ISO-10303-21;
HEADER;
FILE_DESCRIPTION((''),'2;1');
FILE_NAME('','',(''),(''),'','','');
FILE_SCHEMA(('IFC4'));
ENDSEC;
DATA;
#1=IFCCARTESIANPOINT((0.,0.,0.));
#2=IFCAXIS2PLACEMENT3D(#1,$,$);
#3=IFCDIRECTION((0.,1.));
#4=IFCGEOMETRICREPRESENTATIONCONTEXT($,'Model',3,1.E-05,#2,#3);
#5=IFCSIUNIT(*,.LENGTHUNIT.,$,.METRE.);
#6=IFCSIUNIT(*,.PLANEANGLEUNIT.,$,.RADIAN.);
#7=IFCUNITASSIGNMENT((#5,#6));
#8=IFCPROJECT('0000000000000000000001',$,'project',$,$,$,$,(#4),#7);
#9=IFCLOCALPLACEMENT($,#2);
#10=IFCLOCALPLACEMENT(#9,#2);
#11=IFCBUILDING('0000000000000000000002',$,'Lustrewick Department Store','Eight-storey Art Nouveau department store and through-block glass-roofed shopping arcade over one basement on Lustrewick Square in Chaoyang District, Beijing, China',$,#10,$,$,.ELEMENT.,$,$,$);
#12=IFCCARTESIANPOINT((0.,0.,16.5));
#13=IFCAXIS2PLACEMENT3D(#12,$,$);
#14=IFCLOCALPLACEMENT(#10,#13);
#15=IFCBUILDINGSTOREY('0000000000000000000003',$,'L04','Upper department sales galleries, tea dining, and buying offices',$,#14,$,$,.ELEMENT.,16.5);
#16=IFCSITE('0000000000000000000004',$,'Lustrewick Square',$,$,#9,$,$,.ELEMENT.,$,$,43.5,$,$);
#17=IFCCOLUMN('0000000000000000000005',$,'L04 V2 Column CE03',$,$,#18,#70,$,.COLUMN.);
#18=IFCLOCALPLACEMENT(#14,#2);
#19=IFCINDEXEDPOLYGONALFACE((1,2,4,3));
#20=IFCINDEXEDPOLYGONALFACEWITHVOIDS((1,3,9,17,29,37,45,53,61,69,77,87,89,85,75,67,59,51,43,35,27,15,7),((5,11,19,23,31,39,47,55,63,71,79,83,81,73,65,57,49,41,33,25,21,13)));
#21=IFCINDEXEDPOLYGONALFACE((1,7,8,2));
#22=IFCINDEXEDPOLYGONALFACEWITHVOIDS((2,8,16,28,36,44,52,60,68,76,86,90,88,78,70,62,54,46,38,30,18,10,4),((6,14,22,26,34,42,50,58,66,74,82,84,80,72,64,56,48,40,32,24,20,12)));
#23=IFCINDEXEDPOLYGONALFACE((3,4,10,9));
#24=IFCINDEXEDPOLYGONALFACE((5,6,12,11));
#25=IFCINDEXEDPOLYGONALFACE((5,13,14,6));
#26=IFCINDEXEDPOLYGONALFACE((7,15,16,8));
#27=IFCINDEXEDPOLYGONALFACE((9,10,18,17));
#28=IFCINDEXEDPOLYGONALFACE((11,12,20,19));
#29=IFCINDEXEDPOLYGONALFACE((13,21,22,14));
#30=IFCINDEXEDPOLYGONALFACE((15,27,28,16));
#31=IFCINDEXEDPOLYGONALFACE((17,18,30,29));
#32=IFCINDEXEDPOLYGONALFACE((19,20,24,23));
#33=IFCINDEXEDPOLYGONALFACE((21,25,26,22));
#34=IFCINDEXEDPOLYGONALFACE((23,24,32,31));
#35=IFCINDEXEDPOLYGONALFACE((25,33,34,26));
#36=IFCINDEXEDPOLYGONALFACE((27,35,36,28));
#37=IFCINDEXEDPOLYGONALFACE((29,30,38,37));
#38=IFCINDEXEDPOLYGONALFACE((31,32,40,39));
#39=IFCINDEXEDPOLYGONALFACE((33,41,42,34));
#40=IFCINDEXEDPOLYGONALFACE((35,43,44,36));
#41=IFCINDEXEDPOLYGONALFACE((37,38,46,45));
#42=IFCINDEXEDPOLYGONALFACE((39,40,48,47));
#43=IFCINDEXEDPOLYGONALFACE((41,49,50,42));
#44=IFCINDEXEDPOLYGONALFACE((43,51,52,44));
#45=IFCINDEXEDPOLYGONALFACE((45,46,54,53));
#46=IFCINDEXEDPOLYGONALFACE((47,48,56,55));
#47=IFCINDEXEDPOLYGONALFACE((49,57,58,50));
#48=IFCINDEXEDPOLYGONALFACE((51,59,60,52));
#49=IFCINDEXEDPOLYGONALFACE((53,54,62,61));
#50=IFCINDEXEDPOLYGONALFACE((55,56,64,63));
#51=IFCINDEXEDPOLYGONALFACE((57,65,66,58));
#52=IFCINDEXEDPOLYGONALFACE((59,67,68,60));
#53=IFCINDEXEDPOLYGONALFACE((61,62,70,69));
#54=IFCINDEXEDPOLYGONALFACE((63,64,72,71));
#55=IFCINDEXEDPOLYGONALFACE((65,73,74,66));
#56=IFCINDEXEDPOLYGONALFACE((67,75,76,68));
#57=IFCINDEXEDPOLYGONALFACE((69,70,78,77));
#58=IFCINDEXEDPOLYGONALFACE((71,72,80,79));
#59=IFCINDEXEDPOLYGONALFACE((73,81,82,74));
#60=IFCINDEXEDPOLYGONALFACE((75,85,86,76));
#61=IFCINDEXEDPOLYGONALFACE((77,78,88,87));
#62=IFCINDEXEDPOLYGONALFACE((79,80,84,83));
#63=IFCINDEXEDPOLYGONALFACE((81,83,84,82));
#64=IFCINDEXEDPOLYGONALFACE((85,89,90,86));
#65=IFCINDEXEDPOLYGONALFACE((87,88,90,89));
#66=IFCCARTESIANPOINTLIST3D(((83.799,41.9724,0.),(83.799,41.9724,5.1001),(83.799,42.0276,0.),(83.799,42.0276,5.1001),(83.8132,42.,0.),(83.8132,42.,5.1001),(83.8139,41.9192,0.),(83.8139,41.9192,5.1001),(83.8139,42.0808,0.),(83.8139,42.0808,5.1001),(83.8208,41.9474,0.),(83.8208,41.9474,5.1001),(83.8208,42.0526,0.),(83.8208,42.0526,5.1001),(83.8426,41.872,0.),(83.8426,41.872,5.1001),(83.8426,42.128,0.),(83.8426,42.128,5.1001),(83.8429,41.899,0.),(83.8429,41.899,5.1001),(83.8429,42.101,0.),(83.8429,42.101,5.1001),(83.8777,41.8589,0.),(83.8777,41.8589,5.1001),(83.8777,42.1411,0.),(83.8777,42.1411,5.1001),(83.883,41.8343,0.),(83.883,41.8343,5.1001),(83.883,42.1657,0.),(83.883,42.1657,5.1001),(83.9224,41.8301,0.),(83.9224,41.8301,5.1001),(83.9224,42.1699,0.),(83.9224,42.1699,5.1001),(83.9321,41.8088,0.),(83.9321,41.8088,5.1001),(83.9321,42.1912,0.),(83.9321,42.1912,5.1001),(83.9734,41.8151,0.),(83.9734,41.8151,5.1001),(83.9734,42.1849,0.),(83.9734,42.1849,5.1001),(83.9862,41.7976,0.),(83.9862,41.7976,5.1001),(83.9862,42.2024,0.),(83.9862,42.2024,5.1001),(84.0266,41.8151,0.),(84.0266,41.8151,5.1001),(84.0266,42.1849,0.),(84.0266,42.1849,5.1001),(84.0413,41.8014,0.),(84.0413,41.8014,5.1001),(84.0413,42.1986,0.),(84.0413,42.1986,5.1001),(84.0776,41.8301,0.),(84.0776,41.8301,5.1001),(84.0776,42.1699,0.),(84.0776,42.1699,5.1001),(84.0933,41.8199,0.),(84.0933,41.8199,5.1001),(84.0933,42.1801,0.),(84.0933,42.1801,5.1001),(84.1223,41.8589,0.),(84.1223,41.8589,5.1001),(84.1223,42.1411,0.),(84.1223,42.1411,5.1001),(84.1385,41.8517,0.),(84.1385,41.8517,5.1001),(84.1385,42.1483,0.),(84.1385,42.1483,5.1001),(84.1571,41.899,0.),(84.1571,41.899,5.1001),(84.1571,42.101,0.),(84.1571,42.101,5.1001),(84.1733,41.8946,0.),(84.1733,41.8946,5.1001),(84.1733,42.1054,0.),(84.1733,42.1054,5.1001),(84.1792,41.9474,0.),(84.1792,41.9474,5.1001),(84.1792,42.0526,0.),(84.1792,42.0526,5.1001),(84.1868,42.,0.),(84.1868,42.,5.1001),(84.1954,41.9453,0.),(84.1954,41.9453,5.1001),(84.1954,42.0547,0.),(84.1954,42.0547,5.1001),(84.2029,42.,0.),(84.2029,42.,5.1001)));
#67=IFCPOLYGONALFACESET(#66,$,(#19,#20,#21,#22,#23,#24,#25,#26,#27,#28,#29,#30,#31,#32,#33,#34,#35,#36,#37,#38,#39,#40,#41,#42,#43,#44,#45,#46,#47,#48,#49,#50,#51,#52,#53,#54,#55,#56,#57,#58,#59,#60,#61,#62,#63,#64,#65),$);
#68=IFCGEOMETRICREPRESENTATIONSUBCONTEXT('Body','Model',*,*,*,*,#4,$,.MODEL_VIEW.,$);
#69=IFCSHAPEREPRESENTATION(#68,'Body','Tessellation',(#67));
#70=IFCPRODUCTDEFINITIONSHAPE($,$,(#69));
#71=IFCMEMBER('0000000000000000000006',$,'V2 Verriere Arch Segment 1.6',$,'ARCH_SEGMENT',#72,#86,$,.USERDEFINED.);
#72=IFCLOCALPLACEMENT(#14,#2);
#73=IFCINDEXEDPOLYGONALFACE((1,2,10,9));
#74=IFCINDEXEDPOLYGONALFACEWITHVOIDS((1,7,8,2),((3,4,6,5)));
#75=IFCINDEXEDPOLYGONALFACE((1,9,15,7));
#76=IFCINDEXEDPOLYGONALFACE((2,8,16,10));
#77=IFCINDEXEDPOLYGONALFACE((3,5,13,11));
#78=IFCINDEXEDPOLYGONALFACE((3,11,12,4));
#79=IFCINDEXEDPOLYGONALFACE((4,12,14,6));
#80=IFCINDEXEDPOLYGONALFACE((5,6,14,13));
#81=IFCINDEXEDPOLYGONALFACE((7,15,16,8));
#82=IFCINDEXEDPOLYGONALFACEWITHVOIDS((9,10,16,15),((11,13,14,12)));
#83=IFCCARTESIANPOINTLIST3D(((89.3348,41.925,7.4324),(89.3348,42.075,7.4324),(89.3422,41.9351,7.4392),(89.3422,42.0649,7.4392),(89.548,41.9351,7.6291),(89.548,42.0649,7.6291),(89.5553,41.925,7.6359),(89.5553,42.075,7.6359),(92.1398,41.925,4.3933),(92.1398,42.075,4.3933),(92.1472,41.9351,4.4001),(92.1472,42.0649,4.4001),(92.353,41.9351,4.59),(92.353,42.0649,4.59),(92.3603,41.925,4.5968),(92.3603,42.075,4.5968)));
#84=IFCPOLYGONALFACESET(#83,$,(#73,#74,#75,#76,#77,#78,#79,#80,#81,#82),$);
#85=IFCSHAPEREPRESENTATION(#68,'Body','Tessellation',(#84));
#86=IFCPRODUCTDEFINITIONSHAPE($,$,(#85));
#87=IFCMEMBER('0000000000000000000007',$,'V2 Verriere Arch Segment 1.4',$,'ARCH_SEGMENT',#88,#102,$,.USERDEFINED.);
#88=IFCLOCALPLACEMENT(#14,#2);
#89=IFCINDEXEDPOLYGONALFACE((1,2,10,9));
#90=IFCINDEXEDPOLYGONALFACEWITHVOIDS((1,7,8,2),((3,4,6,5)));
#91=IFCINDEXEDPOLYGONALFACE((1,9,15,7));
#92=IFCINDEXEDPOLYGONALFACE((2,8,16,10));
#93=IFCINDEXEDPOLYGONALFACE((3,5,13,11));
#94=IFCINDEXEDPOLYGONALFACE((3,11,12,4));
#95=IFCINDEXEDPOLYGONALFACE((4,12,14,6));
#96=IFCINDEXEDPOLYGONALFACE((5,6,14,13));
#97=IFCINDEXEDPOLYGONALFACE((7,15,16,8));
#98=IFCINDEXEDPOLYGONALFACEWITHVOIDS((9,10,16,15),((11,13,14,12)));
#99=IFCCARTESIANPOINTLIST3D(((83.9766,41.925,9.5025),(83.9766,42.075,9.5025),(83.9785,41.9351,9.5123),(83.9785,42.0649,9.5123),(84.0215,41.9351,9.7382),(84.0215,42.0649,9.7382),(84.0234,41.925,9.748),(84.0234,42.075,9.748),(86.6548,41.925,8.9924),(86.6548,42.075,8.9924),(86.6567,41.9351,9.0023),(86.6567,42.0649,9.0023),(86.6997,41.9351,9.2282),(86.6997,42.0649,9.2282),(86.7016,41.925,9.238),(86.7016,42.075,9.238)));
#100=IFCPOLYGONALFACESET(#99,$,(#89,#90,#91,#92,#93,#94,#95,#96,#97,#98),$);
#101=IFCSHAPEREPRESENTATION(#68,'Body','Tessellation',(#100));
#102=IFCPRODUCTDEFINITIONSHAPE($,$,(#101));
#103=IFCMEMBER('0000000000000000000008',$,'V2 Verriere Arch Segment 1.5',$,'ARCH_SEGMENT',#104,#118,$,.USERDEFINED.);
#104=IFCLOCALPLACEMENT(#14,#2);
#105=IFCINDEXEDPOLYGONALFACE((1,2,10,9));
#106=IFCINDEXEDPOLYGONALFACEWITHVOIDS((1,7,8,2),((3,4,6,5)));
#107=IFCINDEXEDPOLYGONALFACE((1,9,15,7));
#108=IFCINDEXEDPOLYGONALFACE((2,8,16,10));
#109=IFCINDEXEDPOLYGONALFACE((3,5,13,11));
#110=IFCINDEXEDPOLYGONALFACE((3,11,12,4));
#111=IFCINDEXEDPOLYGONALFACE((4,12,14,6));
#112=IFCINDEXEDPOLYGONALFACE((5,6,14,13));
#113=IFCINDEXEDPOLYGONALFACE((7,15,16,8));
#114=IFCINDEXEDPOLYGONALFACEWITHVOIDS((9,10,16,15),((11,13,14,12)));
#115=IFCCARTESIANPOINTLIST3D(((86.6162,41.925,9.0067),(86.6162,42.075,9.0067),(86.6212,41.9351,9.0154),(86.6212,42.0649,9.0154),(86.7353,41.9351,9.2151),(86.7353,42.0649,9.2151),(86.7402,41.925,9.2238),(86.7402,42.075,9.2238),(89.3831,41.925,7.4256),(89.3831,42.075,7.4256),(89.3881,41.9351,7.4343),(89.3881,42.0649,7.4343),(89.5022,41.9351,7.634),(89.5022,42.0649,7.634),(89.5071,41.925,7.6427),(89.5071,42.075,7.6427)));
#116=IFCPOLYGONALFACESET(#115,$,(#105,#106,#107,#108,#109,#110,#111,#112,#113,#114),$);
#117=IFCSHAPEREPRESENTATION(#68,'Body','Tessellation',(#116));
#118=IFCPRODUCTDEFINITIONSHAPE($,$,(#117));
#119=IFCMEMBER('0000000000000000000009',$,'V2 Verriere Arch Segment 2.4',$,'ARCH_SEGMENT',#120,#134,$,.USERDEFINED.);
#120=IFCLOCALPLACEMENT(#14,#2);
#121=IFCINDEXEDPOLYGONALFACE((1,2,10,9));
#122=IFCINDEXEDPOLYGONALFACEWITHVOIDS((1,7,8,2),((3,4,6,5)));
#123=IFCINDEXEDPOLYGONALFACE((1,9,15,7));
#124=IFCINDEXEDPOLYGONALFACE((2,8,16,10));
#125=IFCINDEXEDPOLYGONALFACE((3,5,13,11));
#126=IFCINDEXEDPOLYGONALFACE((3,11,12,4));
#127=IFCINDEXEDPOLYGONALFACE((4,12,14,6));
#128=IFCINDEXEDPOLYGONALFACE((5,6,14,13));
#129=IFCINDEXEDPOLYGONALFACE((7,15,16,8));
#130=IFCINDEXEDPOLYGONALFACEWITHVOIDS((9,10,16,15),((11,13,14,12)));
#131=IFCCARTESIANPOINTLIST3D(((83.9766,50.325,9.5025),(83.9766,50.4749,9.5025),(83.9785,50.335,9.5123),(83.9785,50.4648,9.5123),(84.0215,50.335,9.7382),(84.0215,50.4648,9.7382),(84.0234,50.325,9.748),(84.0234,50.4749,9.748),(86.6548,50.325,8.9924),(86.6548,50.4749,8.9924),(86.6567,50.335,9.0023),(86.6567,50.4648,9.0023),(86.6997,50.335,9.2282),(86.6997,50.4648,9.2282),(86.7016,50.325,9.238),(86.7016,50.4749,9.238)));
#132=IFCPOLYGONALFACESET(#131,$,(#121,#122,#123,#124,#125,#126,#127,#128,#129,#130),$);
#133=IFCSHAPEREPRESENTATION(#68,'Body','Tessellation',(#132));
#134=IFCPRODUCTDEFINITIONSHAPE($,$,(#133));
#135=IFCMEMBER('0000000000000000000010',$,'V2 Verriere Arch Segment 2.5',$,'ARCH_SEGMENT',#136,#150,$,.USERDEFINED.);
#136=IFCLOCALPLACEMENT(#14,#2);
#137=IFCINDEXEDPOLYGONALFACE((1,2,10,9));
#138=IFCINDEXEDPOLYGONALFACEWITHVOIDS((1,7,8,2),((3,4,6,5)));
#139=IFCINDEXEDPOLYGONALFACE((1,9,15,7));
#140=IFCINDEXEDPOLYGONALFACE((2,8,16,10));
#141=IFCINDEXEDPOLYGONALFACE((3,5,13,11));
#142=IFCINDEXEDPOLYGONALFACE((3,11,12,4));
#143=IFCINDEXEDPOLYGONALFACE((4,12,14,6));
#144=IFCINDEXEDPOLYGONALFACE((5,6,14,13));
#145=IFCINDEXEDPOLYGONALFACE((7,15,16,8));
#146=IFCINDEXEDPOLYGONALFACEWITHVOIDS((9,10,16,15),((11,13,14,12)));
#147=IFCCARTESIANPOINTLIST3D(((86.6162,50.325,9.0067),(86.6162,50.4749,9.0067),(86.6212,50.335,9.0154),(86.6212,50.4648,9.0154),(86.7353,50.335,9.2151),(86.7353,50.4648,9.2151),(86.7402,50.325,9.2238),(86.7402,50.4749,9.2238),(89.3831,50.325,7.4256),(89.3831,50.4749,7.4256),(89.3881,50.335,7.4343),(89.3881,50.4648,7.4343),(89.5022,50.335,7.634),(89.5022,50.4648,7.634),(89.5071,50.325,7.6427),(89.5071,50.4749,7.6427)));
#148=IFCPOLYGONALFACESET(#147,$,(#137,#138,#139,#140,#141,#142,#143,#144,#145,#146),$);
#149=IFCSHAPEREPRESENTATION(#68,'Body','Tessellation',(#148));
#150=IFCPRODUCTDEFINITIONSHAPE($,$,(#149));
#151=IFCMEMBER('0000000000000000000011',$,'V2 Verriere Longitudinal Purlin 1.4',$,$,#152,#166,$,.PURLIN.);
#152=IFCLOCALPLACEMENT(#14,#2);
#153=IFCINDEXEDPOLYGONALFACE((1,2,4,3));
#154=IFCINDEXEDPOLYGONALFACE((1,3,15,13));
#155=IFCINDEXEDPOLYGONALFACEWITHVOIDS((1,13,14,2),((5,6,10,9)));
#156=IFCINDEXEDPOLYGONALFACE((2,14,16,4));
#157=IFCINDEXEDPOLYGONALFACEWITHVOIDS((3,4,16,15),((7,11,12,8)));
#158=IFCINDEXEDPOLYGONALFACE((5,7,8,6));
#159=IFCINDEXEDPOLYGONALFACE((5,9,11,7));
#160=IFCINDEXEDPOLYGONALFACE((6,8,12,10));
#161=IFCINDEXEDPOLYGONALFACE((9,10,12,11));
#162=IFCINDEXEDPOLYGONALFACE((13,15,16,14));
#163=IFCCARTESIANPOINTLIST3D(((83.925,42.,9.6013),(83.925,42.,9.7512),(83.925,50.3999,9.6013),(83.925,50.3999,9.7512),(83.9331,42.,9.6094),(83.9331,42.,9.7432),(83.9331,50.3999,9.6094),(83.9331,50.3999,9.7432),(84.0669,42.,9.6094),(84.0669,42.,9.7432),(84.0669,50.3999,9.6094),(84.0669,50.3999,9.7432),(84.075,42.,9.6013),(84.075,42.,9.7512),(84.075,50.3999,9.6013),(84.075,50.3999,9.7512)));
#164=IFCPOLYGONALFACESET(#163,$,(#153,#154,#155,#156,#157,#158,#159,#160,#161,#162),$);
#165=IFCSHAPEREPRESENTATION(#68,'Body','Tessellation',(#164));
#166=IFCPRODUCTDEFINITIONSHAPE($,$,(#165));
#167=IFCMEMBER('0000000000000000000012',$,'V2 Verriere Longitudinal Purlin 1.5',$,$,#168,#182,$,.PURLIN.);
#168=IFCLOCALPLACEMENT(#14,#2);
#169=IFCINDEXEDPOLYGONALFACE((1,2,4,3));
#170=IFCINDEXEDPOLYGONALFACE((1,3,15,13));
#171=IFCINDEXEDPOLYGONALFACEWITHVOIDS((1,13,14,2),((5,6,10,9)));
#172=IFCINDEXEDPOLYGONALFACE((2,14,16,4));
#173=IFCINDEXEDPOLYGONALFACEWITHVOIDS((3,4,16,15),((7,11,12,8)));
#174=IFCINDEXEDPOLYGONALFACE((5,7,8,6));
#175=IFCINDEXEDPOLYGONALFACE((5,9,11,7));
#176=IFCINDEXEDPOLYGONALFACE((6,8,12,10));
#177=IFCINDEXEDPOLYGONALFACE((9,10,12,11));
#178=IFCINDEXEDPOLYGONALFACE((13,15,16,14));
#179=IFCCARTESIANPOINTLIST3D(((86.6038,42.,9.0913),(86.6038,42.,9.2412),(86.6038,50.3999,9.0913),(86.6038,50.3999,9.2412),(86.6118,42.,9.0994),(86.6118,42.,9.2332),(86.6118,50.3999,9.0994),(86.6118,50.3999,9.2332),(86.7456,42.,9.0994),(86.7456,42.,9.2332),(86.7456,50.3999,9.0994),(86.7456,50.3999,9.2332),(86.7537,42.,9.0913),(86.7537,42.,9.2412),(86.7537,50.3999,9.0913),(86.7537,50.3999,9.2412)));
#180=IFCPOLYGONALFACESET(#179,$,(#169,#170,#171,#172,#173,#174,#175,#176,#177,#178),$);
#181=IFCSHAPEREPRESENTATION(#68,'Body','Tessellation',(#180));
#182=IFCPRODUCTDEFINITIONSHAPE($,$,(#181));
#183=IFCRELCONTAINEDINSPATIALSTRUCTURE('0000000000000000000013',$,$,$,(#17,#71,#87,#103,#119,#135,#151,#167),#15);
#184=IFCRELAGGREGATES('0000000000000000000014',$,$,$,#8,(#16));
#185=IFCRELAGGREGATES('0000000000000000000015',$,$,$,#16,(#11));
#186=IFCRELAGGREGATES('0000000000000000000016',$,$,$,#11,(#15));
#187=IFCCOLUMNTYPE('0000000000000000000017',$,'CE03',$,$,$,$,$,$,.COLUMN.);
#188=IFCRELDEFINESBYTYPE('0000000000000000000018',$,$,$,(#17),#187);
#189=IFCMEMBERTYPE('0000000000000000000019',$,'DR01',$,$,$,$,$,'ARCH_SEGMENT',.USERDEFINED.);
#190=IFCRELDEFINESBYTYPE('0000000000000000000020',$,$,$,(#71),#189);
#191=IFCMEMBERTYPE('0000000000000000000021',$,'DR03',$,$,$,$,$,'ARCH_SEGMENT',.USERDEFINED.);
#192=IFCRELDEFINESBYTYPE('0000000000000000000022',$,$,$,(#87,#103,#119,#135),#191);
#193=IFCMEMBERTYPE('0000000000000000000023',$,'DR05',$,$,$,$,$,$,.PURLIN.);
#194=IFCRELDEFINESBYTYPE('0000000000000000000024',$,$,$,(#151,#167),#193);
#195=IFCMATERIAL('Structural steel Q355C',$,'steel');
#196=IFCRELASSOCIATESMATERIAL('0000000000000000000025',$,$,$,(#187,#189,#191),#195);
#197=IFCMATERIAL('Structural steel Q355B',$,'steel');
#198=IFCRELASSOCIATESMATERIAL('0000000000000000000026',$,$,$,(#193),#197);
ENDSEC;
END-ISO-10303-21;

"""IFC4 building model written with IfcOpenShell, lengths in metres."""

from ifc_helpers import new_model, si_unit, direction, frame, origin, origin_2d, place, context, subcontext, project, spatial, hollow_rectangle, hollow_circle, extrude, material, material_profile, profile_set, type_object, element, save


model = new_model("IFC4")

# Units and contexts
model_context = context("Model", 3, precision=1e-05, world=origin(), true_north=direction((0.0, 1.0)))
body_context = subcontext(model_context, "Body", "Model", "MODEL_VIEW")
ifc_project = project(units=[si_unit("LENGTHUNIT", "METRE"), si_unit("PLANEANGLEUNIT", "RADIAN")], contexts=[model_context])

# Site, building, storey
site_placement = place(None, origin())
site = spatial("IfcSite", under=ifc_project, at=site_placement, Name="Lustrewick Square", CompositionType="ELEMENT", RefElevation=43.5)
building_placement = place(site_placement, origin())
building = spatial("IfcBuilding", under=site, at=building_placement, Name="Lustrewick Department Store", Description="Eight-storey Art Nouveau department store and through-block glass-roofed shopping arcade over one basement on Lustrewick Square in Chaoyang District, Beijing, China", CompositionType="ELEMENT")
storey_placement = place(building_placement, frame((0.0, 0.0, 16.5)))
storey = spatial("IfcBuildingStorey", under=building, at=storey_placement, Name="L04", Description="Upper department sales galleries, tea dining, and buying offices", CompositionType="ELEMENT", Elevation=16.5)

# Column
ifc_material_1 = material(Name="Structural steel Q355C", Category="steel")
ifc_material_profile_1 = material_profile(ifc_material_1, hollow_circle(Radius=0.2029, WallThickness=0.0161, at=origin_2d()), Name="CHS 406x16")
ifc_profile_set_1 = profile_set([ifc_material_profile_1], Name="Structural steel Q355C")
column_type = type_object("IfcColumnType", Name="CE03", PredefinedType="COLUMN", material=ifc_profile_set_1)
column_placement = place(storey_placement, frame((84.0, 42.0, 0.0), z_axis=(0.0, 0.0, 1.0), x_axis=(1.0, 0.0, 0.0)))
element("IfcColumn", 1, at=column_placement, inside=storey, type_object=column_type, Name="L04 V2 Column CE03", PredefinedType="COLUMN", context=body_context, shape_type="SweptSolid", body=[
    extrude(hollow_circle(Radius=0.2029, WallThickness=0.0161, at=origin_2d()), origin(), (0.0, 0.0, 1.0), 5.1001),
])

# Members
ifc_material_profile_2 = material_profile(ifc_material_1, hollow_rectangle(XDim=0.1499, YDim=0.3, WallThickness=0.01, at=origin_2d()), Name="RHS 300x150x10")
ifc_profile_set_2 = profile_set([ifc_material_profile_2], Name="Structural steel Q355C")
member_type_1 = type_object("IfcMemberType", Name="DR01", ElementType="ARCH_SEGMENT", PredefinedType="USERDEFINED", material=ifc_profile_set_2)
member_1_placement = place(storey_placement, frame((89.4451, 42.0, 7.5342), z_axis=(0.678234, 0.0, -0.734846), x_axis=(0.0, 1.0, 0.0)))
element("IfcMember", 2, at=member_1_placement, inside=storey, type_object=member_type_1, Name="V2 Verriere Arch Segment 1.6", ObjectType="ARCH_SEGMENT", PredefinedType="USERDEFINED", context=body_context, shape_type="SweptSolid", body=[
    extrude(hollow_rectangle(XDim=0.1499, YDim=0.3, WallThickness=0.01, at=origin_2d()), origin(), (0.0, 0.0, 1.0), 4.1357),
])
ifc_material_profile_3 = material_profile(ifc_material_1, hollow_rectangle(XDim=0.1499, YDim=0.25, WallThickness=0.01, at=origin_2d()), Name="RHS 250x150x10")
ifc_profile_set_3 = profile_set([ifc_material_profile_3], Name="Structural steel Q355C")
member_type_2 = type_object("IfcMemberType", Name="DR03", ElementType="ARCH_SEGMENT", PredefinedType="USERDEFINED", material=ifc_profile_set_3)
member_2_placement = place(storey_placement, frame((84.0, 42.0, 9.6252), z_axis=(0.982347, 0.0, -0.187067), x_axis=(0.0, 1.0, 0.0)))
element("IfcMember", 3, at=member_2_placement, inside=storey, type_object=member_type_2, Name="V2 Verriere Arch Segment 1.4", ObjectType="ARCH_SEGMENT", PredefinedType="USERDEFINED", context=body_context, shape_type="SweptSolid", body=[
    extrude(hollow_rectangle(XDim=0.1499, YDim=0.25, WallThickness=0.01, at=origin_2d()), origin(), (0.0, 0.0, 1.0), 2.7263),
])
member_3_placement = place(storey_placement, frame((86.6782, 42.0, 9.1152), z_axis=(0.868243, 0.0, -0.496139), x_axis=(0.0, 1.0, 0.0)))
element("IfcMember", 4, at=member_3_placement, inside=storey, type_object=member_type_2, Name="V2 Verriere Arch Segment 1.5", ObjectType="ARCH_SEGMENT", PredefinedType="USERDEFINED", context=body_context, shape_type="SweptSolid", body=[
    extrude(hollow_rectangle(XDim=0.1499, YDim=0.25, WallThickness=0.01, at=origin_2d()), origin(), (0.0, 0.0, 1.0), 3.1868),
])
member_4_placement = place(storey_placement, frame((84.0, 50.3999, 9.6252), z_axis=(0.982347, 0.0, -0.187067), x_axis=(0.0, 1.0, 0.0)))
element("IfcMember", 5, at=member_4_placement, inside=storey, type_object=member_type_2, Name="V2 Verriere Arch Segment 2.4", ObjectType="ARCH_SEGMENT", PredefinedType="USERDEFINED", context=body_context, shape_type="SweptSolid", body=[
    extrude(hollow_rectangle(XDim=0.1499, YDim=0.25, WallThickness=0.01, at=origin_2d()), origin(), (0.0, 0.0, 1.0), 2.7263),
])
member_5_placement = place(storey_placement, frame((86.6782, 50.3999, 9.1152), z_axis=(0.868243, 0.0, -0.496139), x_axis=(0.0, 1.0, 0.0)))
element("IfcMember", 6, at=member_5_placement, inside=storey, type_object=member_type_2, Name="V2 Verriere Arch Segment 2.5", ObjectType="ARCH_SEGMENT", PredefinedType="USERDEFINED", context=body_context, shape_type="SweptSolid", body=[
    extrude(hollow_rectangle(XDim=0.1499, YDim=0.25, WallThickness=0.01, at=origin_2d()), origin(), (0.0, 0.0, 1.0), 3.1868),
])
ifc_material_2 = material(Name="Structural steel Q355B", Category="steel")
ifc_material_profile_4 = material_profile(ifc_material_2, hollow_rectangle(XDim=0.1499, YDim=0.1499, WallThickness=0.0081, at=origin_2d()), Name="SHS 150x150x8")
ifc_profile_set_4 = profile_set([ifc_material_profile_4], Name="Structural steel Q355B")
member_type_3 = type_object("IfcMemberType", Name="DR05", PredefinedType="PURLIN", material=ifc_profile_set_4)
for number, where, z_axis, x_axis, name in (
    (7, (84.0, 42.0, 9.6763), (0.0, 1.0, 0.0), (-1.0, 0.0, 0.0), "V2 Verriere Longitudinal Purlin 1.4"),
    (8, (86.6787, 42.0, 9.1663), (0.0, 1.0, 0.0), (-1.0, 0.0, 0.0), "V2 Verriere Longitudinal Purlin 1.5"),
):
    element("IfcMember", number, at=place(storey_placement, frame(where, z_axis=z_axis, x_axis=x_axis)), inside=storey, type_object=member_type_3, Name=name, PredefinedType="PURLIN", context=body_context, shape_type="SweptSolid", body=[
        extrude(hollow_rectangle(XDim=0.1499, YDim=0.1499, WallThickness=0.0081, at=origin_2d()), origin(), (0.0, 0.0, 1.0), 8.3999),
    ])

save(model, "model.ifc")
